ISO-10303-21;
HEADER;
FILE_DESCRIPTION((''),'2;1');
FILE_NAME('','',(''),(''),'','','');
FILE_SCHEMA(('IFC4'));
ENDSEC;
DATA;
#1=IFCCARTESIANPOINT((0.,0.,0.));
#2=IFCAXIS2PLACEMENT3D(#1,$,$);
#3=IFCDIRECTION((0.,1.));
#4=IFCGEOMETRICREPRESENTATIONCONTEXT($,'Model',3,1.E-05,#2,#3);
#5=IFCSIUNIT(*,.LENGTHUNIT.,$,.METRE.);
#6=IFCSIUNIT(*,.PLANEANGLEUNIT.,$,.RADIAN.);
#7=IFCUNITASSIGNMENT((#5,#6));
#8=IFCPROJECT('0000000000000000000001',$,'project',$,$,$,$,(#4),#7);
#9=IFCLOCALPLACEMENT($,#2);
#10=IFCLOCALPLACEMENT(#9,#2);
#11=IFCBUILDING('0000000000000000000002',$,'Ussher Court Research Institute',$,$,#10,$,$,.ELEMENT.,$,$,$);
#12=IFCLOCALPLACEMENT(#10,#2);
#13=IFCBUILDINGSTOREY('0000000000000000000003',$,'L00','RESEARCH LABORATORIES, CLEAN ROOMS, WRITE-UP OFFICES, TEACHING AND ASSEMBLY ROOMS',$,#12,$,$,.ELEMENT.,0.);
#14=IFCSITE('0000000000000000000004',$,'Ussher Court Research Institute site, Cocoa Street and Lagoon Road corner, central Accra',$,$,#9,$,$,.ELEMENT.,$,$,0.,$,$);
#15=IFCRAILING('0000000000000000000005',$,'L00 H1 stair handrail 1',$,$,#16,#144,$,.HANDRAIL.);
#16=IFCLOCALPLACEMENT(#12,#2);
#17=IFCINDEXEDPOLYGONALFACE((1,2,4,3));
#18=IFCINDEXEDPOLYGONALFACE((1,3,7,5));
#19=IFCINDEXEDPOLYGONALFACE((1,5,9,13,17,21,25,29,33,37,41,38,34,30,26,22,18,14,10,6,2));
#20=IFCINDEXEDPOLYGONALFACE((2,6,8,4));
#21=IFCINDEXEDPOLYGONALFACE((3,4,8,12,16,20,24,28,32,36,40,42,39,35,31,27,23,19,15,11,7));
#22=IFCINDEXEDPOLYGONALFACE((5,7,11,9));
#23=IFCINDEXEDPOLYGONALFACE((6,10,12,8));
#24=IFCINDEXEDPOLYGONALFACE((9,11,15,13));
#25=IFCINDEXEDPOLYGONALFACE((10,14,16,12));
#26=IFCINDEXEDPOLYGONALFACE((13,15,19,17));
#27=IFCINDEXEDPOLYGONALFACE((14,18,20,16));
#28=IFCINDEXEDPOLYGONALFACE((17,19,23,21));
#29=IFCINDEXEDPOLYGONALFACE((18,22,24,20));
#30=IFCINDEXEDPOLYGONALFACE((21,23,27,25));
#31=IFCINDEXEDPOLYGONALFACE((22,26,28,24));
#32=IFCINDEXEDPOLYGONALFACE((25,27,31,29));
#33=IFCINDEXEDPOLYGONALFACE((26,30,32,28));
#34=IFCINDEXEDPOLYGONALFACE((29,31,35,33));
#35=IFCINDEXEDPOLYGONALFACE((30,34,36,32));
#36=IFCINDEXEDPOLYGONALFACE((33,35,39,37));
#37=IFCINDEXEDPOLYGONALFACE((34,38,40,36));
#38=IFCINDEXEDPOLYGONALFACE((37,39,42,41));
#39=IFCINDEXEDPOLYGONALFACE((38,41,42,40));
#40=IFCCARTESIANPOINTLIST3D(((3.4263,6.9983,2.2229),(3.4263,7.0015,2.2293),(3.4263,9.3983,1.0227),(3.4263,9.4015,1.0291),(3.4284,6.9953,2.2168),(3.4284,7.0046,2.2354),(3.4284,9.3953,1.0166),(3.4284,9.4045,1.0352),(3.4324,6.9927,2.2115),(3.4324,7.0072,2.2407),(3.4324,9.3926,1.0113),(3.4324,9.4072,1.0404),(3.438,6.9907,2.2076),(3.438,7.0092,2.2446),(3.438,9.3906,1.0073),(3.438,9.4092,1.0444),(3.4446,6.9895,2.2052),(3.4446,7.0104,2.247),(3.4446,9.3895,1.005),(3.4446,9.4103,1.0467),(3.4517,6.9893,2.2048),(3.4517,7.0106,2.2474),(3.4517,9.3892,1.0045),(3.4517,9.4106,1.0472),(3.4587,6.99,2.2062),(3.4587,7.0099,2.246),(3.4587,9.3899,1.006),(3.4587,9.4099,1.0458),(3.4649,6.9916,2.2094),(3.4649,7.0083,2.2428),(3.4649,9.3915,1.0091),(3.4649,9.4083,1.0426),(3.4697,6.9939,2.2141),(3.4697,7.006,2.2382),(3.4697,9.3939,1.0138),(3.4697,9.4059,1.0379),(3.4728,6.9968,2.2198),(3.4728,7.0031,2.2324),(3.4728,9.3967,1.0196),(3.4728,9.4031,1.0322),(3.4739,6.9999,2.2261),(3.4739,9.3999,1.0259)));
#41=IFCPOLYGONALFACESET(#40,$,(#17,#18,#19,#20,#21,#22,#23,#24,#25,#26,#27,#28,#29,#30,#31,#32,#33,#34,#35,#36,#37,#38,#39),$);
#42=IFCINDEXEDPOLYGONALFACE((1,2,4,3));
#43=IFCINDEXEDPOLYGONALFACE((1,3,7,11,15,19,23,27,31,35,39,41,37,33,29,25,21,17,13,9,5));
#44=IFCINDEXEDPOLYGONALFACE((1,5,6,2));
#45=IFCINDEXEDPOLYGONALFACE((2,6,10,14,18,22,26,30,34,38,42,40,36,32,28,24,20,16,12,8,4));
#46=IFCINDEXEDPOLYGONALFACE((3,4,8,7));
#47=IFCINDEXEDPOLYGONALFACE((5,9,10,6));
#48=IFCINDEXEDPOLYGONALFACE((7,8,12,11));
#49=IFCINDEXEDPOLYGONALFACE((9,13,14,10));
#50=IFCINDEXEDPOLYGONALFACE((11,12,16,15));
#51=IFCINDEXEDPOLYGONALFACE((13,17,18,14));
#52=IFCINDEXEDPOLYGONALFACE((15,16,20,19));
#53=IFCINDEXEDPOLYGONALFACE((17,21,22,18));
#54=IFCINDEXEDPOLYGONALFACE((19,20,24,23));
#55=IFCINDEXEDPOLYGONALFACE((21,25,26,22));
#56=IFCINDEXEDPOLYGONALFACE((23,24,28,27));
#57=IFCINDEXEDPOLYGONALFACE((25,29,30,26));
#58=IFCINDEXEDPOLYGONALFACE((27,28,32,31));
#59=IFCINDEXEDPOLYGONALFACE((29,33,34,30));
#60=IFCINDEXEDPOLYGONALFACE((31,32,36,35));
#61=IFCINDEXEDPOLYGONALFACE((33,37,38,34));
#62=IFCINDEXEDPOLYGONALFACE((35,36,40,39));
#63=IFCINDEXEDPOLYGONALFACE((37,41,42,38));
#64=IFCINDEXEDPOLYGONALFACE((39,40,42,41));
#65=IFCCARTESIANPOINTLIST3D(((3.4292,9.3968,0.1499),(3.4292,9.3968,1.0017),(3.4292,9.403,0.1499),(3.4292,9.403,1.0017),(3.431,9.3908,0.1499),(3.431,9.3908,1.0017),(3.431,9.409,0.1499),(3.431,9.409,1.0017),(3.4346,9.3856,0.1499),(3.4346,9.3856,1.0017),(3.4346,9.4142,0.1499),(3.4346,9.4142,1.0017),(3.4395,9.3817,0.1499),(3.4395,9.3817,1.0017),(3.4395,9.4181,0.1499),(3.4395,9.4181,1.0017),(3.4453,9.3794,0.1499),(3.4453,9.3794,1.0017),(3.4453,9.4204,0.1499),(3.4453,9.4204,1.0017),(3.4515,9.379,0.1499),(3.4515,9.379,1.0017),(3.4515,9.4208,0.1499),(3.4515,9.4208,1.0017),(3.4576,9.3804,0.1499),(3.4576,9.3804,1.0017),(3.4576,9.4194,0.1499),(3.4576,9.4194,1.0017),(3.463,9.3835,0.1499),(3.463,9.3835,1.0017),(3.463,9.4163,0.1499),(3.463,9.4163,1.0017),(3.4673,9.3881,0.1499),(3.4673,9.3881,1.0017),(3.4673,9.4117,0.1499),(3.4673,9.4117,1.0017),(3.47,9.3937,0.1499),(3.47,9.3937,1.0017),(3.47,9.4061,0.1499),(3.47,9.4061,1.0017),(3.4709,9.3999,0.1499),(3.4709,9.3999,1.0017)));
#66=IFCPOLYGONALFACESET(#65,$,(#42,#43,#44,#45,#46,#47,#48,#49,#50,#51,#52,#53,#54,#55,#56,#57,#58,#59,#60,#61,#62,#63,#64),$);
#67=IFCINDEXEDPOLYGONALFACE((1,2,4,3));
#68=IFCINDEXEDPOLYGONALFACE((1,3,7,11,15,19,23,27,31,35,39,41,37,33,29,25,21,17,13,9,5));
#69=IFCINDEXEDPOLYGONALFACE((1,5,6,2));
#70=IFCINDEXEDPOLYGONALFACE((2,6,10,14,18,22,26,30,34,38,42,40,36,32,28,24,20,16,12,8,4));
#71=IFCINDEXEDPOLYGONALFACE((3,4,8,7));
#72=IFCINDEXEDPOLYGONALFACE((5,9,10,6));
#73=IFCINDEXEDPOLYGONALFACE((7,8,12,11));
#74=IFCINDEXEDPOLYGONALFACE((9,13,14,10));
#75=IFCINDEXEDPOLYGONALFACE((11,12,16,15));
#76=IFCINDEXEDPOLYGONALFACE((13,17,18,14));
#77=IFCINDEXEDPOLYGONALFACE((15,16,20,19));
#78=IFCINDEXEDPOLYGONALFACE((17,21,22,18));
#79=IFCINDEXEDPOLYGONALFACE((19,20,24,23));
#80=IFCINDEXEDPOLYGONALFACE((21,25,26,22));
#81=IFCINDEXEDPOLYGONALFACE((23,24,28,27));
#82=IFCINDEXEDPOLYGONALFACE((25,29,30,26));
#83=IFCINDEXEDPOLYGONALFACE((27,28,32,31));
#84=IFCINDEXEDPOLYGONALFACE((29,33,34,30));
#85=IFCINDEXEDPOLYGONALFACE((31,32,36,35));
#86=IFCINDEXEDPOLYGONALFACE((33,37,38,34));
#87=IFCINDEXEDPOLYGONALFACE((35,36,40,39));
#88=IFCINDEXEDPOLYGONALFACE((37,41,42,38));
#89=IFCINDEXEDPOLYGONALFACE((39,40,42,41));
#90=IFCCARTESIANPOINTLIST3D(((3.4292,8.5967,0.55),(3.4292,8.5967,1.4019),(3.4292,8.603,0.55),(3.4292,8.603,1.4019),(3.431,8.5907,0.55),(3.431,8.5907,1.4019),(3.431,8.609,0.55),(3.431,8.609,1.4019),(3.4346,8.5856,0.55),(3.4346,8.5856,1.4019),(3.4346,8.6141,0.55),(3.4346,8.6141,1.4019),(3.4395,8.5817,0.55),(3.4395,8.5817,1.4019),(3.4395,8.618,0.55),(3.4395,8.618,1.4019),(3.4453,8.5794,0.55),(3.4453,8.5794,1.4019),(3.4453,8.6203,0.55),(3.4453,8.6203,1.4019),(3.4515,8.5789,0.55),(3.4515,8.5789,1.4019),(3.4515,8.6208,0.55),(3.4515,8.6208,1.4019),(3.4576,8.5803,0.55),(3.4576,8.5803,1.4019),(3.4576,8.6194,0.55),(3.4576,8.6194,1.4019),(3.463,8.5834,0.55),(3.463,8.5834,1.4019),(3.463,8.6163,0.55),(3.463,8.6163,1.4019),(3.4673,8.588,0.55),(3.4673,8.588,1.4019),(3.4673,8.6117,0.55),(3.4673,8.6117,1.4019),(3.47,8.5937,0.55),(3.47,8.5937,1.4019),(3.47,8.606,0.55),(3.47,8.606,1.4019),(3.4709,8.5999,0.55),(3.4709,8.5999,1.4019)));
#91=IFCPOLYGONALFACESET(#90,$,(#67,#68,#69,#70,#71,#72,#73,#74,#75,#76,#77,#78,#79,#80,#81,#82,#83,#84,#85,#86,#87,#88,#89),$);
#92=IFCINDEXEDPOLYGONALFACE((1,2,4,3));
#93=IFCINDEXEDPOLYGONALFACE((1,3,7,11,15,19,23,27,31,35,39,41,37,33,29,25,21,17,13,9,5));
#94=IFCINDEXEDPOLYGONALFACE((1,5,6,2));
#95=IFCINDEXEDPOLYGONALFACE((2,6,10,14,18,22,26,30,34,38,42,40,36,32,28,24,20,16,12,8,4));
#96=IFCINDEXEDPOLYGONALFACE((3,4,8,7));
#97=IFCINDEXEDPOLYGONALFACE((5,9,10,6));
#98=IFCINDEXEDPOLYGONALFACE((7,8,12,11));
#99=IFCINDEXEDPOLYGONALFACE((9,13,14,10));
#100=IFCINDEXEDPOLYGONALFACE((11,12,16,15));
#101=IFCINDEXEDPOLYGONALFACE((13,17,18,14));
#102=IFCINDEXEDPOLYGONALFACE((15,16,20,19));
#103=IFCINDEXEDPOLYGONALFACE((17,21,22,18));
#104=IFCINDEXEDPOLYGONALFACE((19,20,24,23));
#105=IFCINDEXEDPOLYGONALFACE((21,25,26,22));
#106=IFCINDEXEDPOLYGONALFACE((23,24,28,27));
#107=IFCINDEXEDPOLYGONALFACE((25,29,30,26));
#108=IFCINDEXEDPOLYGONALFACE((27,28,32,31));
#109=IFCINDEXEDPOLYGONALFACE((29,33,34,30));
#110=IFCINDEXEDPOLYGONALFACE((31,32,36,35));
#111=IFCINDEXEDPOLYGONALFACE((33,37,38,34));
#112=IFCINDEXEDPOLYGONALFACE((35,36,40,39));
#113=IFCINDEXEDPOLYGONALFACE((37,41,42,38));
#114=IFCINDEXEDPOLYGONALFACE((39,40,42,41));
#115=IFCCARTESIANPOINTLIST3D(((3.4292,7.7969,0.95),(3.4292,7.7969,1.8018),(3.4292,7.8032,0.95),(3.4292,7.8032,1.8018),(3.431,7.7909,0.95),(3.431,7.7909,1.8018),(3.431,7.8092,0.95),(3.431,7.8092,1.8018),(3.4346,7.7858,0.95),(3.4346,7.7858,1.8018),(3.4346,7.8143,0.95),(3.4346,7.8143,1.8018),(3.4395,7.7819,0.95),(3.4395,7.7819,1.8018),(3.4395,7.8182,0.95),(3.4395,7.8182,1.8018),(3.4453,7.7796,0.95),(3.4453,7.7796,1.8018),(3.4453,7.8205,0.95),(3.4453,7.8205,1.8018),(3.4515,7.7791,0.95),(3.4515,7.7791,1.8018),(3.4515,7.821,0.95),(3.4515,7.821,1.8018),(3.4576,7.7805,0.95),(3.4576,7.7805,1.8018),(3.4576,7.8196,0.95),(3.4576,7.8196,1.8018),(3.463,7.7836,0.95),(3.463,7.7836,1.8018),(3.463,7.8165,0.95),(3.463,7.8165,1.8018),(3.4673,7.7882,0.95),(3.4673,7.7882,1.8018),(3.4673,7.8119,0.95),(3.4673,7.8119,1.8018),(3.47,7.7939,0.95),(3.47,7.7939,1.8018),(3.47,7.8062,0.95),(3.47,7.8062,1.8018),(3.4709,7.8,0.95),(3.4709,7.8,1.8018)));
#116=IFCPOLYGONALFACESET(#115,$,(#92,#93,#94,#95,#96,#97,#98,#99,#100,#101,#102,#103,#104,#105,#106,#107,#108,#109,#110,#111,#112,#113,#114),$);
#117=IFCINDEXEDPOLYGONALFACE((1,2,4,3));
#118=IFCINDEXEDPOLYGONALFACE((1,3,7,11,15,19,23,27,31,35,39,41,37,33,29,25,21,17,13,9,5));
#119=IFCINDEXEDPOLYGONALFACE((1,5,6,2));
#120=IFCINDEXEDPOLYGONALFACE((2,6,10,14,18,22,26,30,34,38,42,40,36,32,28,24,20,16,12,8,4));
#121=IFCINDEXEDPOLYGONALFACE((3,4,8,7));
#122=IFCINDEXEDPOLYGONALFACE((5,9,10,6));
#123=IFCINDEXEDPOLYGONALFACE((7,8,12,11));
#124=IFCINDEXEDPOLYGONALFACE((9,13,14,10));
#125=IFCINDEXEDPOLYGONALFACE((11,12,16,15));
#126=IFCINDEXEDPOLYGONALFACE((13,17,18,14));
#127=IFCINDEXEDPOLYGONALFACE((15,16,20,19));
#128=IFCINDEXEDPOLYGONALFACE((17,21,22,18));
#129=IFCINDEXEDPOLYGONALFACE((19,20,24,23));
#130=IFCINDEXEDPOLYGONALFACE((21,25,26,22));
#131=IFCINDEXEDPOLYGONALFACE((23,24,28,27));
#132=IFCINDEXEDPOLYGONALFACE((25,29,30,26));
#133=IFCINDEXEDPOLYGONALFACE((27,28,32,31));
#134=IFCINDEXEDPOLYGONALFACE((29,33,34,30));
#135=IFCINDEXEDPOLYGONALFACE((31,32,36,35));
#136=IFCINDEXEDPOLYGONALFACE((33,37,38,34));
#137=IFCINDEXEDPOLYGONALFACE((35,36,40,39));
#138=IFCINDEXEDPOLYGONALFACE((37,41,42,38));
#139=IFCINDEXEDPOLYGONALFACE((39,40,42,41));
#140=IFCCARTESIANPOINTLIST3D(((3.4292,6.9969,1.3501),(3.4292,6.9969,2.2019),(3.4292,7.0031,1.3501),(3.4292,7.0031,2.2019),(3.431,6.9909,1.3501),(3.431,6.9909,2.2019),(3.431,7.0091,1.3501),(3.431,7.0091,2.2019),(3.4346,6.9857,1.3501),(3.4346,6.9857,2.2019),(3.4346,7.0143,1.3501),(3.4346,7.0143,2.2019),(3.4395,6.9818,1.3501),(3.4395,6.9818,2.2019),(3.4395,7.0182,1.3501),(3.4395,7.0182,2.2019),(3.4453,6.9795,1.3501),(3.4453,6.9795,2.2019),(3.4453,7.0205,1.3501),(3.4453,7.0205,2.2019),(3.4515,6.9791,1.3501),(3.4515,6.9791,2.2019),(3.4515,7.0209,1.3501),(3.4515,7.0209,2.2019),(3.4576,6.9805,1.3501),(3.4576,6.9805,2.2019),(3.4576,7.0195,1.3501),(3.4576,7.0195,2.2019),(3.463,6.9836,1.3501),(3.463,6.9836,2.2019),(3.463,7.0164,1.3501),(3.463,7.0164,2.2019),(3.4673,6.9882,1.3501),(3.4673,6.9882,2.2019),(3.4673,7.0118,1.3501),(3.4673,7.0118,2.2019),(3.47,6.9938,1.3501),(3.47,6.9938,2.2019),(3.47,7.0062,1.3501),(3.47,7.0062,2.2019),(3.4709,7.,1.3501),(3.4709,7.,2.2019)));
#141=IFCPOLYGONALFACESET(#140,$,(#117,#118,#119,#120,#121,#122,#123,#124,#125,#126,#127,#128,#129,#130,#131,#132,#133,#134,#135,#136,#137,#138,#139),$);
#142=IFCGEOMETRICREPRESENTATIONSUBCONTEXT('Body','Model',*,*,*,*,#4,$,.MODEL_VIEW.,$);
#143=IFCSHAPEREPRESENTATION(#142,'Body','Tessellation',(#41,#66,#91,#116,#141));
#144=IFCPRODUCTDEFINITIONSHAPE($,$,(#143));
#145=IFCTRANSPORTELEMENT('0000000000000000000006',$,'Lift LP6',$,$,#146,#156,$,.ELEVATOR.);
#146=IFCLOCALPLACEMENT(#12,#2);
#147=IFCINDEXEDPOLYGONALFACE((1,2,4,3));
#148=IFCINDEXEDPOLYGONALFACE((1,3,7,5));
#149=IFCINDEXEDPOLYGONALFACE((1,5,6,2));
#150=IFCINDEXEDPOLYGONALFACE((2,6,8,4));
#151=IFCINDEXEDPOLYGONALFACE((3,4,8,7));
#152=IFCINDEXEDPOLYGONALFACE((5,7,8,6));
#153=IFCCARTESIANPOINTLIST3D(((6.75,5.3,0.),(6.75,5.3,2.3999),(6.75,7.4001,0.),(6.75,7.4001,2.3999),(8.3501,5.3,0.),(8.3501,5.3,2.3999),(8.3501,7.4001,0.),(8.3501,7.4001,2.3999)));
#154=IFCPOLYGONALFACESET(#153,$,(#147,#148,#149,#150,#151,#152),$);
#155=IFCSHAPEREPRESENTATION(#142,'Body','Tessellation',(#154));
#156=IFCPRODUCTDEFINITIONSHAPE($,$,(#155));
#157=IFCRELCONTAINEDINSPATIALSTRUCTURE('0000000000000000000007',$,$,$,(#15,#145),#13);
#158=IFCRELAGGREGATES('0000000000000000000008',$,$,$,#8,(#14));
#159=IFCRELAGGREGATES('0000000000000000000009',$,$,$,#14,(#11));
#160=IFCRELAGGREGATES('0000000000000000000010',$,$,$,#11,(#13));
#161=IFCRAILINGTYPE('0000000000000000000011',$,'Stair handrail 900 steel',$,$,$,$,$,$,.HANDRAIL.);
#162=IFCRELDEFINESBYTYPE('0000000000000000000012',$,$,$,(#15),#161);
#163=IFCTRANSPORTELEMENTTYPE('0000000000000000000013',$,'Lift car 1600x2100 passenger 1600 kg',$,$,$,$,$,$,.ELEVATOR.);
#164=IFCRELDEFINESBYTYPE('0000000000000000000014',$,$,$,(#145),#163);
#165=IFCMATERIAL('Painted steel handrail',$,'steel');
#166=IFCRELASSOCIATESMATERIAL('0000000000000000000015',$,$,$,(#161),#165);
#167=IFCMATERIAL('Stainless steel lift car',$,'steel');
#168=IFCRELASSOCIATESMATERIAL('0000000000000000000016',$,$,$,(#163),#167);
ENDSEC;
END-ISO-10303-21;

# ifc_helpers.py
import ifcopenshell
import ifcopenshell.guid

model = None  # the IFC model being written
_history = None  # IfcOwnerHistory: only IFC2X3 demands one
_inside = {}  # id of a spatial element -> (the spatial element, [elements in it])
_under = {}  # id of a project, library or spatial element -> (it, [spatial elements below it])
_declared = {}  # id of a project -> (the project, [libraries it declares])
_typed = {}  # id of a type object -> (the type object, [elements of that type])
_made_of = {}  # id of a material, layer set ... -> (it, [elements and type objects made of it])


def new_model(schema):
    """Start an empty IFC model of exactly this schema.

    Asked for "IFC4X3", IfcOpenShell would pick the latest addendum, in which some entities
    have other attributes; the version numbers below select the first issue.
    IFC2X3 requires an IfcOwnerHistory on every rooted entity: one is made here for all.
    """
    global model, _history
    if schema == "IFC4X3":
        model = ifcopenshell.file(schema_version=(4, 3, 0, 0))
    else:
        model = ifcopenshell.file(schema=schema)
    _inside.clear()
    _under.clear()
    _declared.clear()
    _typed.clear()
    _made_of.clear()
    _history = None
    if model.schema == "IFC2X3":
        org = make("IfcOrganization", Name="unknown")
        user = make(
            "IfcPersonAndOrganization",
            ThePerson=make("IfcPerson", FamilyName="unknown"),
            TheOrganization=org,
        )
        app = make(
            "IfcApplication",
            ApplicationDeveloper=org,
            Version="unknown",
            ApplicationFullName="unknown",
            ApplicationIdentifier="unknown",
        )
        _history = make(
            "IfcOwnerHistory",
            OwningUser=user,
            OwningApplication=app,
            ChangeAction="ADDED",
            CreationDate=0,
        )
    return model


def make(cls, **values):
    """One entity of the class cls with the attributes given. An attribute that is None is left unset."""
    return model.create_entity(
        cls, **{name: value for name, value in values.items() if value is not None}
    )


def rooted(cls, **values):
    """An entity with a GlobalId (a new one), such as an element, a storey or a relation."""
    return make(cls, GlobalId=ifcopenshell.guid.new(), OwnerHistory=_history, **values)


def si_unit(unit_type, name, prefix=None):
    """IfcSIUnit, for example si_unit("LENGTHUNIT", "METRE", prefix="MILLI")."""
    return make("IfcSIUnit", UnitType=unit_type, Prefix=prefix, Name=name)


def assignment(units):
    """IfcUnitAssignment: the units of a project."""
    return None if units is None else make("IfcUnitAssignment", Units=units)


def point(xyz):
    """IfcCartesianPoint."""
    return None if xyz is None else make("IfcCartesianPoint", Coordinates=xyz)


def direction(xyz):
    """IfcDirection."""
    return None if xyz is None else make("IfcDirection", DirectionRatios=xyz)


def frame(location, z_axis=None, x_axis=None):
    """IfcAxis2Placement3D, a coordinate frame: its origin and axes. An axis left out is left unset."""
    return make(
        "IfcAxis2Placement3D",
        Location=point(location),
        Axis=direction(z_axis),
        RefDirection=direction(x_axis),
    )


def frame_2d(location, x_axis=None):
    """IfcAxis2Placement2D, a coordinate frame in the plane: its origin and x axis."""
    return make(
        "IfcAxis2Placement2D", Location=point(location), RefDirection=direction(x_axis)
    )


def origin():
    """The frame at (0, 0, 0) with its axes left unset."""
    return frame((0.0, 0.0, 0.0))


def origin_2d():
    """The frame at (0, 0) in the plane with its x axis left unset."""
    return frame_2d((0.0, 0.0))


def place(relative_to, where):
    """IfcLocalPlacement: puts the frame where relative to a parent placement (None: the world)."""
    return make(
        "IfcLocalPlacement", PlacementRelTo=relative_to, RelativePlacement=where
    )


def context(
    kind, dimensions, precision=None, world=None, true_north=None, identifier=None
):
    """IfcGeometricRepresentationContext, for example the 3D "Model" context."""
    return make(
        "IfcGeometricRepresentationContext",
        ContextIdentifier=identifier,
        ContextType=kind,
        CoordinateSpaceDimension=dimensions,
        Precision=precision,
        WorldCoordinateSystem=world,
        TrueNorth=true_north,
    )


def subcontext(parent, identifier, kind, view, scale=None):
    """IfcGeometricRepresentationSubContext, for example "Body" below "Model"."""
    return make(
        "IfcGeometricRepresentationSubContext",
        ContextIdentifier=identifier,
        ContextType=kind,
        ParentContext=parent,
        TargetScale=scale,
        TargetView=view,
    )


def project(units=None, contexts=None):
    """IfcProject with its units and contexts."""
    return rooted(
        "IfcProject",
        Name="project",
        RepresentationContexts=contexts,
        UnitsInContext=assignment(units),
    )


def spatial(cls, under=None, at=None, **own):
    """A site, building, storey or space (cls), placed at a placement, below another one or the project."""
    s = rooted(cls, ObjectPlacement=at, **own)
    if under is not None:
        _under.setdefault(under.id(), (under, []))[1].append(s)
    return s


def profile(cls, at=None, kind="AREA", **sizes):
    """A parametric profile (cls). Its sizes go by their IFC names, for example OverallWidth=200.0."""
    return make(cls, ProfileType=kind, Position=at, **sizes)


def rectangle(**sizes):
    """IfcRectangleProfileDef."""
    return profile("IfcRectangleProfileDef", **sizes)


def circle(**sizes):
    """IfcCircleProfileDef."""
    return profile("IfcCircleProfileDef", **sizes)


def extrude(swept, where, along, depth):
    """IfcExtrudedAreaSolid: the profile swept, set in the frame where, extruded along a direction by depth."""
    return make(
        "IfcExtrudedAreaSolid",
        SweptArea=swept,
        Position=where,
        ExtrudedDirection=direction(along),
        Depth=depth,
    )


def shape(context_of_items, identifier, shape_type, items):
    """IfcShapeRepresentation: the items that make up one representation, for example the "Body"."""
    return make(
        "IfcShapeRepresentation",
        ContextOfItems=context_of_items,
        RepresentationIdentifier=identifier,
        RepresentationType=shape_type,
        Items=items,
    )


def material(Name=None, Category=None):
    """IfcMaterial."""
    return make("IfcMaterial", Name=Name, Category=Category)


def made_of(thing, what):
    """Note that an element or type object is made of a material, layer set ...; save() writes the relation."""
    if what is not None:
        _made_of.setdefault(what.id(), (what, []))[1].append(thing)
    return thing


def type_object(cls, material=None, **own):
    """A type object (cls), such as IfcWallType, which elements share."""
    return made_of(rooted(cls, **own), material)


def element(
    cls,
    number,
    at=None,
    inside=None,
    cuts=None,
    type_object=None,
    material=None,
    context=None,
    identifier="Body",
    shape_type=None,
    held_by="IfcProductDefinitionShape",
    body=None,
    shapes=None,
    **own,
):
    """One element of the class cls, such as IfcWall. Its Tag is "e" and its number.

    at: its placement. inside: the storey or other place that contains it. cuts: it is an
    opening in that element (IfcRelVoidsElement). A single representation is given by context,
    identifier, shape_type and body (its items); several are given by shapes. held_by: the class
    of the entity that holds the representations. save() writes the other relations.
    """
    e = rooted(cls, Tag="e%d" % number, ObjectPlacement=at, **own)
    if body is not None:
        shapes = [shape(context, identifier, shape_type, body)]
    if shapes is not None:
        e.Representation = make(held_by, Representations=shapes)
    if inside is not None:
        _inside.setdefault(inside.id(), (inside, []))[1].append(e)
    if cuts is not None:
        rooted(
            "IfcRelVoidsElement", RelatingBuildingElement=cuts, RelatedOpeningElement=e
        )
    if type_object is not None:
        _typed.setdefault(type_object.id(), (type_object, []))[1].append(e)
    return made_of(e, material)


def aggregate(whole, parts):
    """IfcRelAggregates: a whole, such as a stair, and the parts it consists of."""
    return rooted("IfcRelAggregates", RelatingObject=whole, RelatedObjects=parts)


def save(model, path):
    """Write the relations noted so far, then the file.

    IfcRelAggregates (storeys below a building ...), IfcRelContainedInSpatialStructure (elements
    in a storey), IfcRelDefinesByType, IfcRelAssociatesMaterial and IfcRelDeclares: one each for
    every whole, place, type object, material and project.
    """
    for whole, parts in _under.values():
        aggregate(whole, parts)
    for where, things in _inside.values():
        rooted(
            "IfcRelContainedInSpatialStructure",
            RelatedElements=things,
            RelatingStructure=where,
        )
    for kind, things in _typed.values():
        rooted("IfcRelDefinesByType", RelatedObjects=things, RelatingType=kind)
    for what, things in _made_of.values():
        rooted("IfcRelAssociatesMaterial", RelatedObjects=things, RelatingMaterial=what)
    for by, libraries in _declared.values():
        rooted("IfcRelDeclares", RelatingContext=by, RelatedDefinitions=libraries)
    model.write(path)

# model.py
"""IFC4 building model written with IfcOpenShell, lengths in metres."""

from ifc_helpers import new_model, si_unit, direction, frame, origin, origin_2d, place, context, subcontext, project, spatial, rectangle, circle, extrude, material, type_object, element, save


model = new_model("IFC4")

# Units and contexts
model_context = context("Model", 3, precision=1e-05, world=origin(), true_north=direction((0.0, 1.0)))
body_context = subcontext(model_context, "Body", "Model", "MODEL_VIEW")
ifc_project = project(units=[si_unit("LENGTHUNIT", "METRE"), si_unit("PLANEANGLEUNIT", "RADIAN")], contexts=[model_context])

# Site, building, storey
site_placement = place(None, origin())
site = spatial("IfcSite", under=ifc_project, at=site_placement, Name="Ussher Court Research Institute site, Cocoa Street and Lagoon Road corner, central Accra", CompositionType="ELEMENT", RefElevation=0.0)
building_placement = place(site_placement, origin())
building = spatial("IfcBuilding", under=site, at=building_placement, Name="Ussher Court Research Institute", CompositionType="ELEMENT")
storey_placement = place(building_placement, origin())
storey = spatial("IfcBuildingStorey", under=building, at=storey_placement, Name="L00", Description="RESEARCH LABORATORIES, CLEAN ROOMS, WRITE-UP OFFICES, TEACHING AND ASSEMBLY ROOMS", CompositionType="ELEMENT", Elevation=0.0)

# Railing
ifc_material_1 = material(Name="Painted steel handrail", Category="steel")
railing_type_1 = type_object("IfcRailingType", Name="Stair handrail 900 steel", PredefinedType="HANDRAIL", material=ifc_material_1)
railing_1_placement = place(storey_placement, frame((3.45, 9.3999, 0.1499)))
element("IfcRailing", 1, at=railing_1_placement, inside=storey, type_object=railing_type_1, Name="L00 H1 stair handrail 1", PredefinedType="HANDRAIL", context=body_context, shape_type="SweptSolid", body=[
    extrude(circle(Radius=0.0239, at=origin_2d()), frame((0.0, 0.0, 0.876), z_axis=(0.0, -0.894391, 0.447286), x_axis=(1.0, 0.0, 0.0)), (0.0, 0.0, 1.0), 2.6833),
    extrude(circle(Radius=0.021, at=origin_2d()), origin(), (0.0, 0.0, 1.0), 0.8518),
    extrude(circle(Radius=0.021, at=origin_2d()), frame((0.0, -0.8, 0.4001)), (0.0, 0.0, 1.0), 0.8518),
    extrude(circle(Radius=0.021, at=origin_2d()), frame((0.0, -1.5999, 0.8)), (0.0, 0.0, 1.0), 0.8518),
    extrude(circle(Radius=0.021, at=origin_2d()), frame((0.0, -2.3999, 1.2002)), (0.0, 0.0, 1.0), 0.8518),
])

# Transport element
ifc_material_2 = material(Name="Stainless steel lift car", Category="steel")
transport_element_type = type_object("IfcTransportElementType", Name="Lift car 1600x2100 passenger 1600 kg", PredefinedType="ELEVATOR", material=ifc_material_2)
transport_element_placement = place(storey_placement, frame((7.55, 6.3501, 0.0), z_axis=(0.0, 0.0, 1.0), x_axis=(1.0, 0.0, 0.0)))
element("IfcTransportElement", 2, at=transport_element_placement, inside=storey, type_object=transport_element_type, Name="Lift LP6", PredefinedType="ELEVATOR", context=body_context, shape_type="SweptSolid", body=[
    extrude(rectangle(XDim=1.6001, YDim=2.1001, at=origin_2d()), origin(), (0.0, 0.0, 1.0), 2.3999),
])

save(model, "model.ifc")
